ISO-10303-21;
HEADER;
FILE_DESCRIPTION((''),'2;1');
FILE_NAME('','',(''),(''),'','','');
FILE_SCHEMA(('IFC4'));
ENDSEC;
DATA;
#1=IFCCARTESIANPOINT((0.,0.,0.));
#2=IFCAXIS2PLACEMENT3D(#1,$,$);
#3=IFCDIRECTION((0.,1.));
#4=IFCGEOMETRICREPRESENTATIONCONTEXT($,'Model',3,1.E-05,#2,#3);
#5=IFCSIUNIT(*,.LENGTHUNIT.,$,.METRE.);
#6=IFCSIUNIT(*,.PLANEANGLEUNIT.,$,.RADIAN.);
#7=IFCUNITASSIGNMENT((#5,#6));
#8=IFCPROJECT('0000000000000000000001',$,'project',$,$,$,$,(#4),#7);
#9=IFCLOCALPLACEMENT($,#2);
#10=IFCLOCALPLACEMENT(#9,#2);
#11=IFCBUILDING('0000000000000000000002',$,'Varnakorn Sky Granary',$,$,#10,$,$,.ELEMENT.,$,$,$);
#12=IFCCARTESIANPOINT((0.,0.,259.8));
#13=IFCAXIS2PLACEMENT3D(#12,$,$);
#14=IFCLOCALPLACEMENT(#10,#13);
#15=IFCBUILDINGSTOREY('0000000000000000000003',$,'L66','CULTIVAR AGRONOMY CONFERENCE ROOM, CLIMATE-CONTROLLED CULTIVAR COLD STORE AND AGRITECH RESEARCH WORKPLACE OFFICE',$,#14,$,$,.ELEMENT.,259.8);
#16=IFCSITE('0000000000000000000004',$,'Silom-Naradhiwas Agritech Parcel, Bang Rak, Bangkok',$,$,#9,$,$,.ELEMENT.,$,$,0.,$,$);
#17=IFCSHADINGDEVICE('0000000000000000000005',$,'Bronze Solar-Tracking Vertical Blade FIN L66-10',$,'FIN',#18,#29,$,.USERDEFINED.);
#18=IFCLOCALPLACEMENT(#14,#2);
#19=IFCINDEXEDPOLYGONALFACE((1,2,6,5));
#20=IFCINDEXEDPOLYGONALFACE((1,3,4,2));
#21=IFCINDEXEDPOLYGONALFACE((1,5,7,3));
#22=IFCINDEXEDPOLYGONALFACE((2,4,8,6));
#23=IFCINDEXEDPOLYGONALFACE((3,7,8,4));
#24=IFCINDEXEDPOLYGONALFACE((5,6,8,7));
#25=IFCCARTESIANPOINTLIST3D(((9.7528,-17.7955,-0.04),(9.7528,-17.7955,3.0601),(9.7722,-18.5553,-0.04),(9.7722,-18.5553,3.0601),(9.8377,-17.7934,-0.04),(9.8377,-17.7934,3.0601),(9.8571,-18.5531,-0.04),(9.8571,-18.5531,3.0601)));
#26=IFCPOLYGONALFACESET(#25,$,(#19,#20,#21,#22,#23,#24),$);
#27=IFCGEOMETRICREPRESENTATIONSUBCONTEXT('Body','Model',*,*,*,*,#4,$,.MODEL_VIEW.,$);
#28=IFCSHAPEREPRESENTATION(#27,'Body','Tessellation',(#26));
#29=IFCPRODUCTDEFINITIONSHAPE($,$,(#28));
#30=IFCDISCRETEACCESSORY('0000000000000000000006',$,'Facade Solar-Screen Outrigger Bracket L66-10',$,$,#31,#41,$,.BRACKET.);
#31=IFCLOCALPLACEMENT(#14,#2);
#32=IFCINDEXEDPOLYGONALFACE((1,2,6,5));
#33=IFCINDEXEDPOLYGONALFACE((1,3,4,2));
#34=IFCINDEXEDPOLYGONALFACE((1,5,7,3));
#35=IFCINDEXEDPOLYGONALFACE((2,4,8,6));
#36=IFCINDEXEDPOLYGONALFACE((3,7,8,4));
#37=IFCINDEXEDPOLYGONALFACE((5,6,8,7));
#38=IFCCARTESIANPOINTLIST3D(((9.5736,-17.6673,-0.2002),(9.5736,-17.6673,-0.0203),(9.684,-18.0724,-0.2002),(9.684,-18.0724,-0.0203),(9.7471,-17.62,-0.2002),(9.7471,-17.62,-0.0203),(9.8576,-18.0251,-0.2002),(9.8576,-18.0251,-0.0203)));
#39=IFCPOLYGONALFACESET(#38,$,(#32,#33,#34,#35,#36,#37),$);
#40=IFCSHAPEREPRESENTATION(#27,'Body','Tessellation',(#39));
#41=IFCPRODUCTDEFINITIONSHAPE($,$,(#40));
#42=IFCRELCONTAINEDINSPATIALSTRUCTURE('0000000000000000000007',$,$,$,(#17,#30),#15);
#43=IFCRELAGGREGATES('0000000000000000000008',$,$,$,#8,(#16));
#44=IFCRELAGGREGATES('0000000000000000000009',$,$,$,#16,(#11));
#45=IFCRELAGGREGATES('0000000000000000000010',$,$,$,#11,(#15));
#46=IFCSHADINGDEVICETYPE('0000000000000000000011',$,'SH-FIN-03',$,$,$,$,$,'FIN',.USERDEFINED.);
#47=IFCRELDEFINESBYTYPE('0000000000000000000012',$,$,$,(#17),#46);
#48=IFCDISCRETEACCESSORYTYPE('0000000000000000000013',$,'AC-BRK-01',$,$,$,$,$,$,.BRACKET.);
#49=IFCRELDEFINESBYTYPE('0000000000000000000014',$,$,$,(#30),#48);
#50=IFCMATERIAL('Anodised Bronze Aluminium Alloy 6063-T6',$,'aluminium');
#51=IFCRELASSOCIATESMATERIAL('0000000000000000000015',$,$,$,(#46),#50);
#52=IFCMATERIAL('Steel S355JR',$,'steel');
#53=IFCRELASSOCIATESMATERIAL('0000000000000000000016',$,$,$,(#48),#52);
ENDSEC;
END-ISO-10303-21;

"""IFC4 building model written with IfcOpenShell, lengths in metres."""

from ifc_helpers import new_model, si_unit, direction, frame, origin, origin_2d, place, context, subcontext, project, spatial, rectangle, extrude, source, transform, mapped, material, type_object, type_shapes, element, save


model = new_model("IFC4")

# Units and contexts
model_context = context("Model", 3, precision=1e-05, world=origin(), true_north=direction((0.0, 1.0)))
body_context = subcontext(model_context, "Body", "Model", "MODEL_VIEW")
ifc_project = project(units=[si_unit("LENGTHUNIT", "METRE"), si_unit("PLANEANGLEUNIT", "RADIAN")], contexts=[model_context])

# Site, building, storey
site_placement = place(None, origin())
site = spatial("IfcSite", under=ifc_project, at=site_placement, Name="Silom-Naradhiwas Agritech Parcel, Bang Rak, Bangkok", CompositionType="ELEMENT", RefElevation=0.0)
building_placement = place(site_placement, origin())
building = spatial("IfcBuilding", under=site, at=building_placement, Name="Varnakorn Sky Granary", CompositionType="ELEMENT")
storey_placement = place(building_placement, frame((0.0, 0.0, 259.8)))
storey = spatial("IfcBuildingStorey", under=building, at=storey_placement, Name="L66", Description="CULTIVAR AGRONOMY CONFERENCE ROOM, CLIMATE-CONTROLLED CULTIVAR COLD STORE AND AGRITECH RESEARCH WORKPLACE OFFICE", CompositionType="ELEMENT", Elevation=259.8)

# Shared definitions
ifc_material_1 = material(Name="Steel S355JR", Category="steel")

# Shared definitions
ifc_material_2 = material(Name="Anodised Bronze Aluminium Alloy 6063-T6", Category="aluminium")

# Shading device
shading_device_type = type_object("IfcShadingDeviceType", Name="SH-FIN-03", ElementType="FIN", PredefinedType="USERDEFINED", material=ifc_material_2)
shared_shape_1 = source(origin(), body_context, "Body", "SweptSolid", [
    extrude(rectangle(XDim=0.085, YDim=0.76, at=origin_2d()), origin(), (0.0, 0.0, 1.0), 3.1001),
])
type_shapes(shading_device_type, [shared_shape_1])
shading_device_placement = place(storey_placement, frame((9.8049, -18.1743, -0.04), z_axis=(0.0, 0.0, 1.0), x_axis=(0.999673, 0.025555, 0.0)))
element("IfcShadingDevice", 1, at=shading_device_placement, inside=storey, type_object=shading_device_type, Name="Bronze Solar-Tracking Vertical Blade FIN L66-10", ObjectType="FIN", PredefinedType="USERDEFINED", context=body_context, shape_type="MappedRepresentation", body=[
    mapped(shared_shape_1, transform((0.0, 0.0, 0.0), x_axis=(1.0, 0.0, 0.0), y_axis=(0.0, 1.0, 0.0), z_axis=(0.0, 0.0, 1.0), scale=1.0)),
])

# Discrete accessory
discrete_accessory_type = type_object("IfcDiscreteAccessoryType", Name="AC-BRK-01", PredefinedType="BRACKET", material=ifc_material_1)
shared_shape_2 = source(origin(), body_context, "Body", "SweptSolid", [
    extrude(rectangle(XDim=0.1799, YDim=0.4199, at=origin_2d()), origin(), (0.0, 0.0, 1.0), 0.1799),
])
type_shapes(discrete_accessory_type, [shared_shape_2])
discrete_accessory_placement = place(storey_placement, frame((9.7156, -17.8462, -0.2002), z_axis=(0.0, 0.0, 1.0), x_axis=(0.964786, 0.263037, 0.0)))
element("IfcDiscreteAccessory", 2, at=discrete_accessory_placement, inside=storey, type_object=discrete_accessory_type, Name="Facade Solar-Screen Outrigger Bracket L66-10", PredefinedType="BRACKET", context=body_context, shape_type="MappedRepresentation", body=[
    mapped(shared_shape_2, transform((0.0, 0.0, 0.0), x_axis=(1.0, 0.0, 0.0), y_axis=(0.0, 1.0, 0.0), z_axis=(0.0, 0.0, 1.0), scale=1.0)),
])

save(model, "model.ifc")
